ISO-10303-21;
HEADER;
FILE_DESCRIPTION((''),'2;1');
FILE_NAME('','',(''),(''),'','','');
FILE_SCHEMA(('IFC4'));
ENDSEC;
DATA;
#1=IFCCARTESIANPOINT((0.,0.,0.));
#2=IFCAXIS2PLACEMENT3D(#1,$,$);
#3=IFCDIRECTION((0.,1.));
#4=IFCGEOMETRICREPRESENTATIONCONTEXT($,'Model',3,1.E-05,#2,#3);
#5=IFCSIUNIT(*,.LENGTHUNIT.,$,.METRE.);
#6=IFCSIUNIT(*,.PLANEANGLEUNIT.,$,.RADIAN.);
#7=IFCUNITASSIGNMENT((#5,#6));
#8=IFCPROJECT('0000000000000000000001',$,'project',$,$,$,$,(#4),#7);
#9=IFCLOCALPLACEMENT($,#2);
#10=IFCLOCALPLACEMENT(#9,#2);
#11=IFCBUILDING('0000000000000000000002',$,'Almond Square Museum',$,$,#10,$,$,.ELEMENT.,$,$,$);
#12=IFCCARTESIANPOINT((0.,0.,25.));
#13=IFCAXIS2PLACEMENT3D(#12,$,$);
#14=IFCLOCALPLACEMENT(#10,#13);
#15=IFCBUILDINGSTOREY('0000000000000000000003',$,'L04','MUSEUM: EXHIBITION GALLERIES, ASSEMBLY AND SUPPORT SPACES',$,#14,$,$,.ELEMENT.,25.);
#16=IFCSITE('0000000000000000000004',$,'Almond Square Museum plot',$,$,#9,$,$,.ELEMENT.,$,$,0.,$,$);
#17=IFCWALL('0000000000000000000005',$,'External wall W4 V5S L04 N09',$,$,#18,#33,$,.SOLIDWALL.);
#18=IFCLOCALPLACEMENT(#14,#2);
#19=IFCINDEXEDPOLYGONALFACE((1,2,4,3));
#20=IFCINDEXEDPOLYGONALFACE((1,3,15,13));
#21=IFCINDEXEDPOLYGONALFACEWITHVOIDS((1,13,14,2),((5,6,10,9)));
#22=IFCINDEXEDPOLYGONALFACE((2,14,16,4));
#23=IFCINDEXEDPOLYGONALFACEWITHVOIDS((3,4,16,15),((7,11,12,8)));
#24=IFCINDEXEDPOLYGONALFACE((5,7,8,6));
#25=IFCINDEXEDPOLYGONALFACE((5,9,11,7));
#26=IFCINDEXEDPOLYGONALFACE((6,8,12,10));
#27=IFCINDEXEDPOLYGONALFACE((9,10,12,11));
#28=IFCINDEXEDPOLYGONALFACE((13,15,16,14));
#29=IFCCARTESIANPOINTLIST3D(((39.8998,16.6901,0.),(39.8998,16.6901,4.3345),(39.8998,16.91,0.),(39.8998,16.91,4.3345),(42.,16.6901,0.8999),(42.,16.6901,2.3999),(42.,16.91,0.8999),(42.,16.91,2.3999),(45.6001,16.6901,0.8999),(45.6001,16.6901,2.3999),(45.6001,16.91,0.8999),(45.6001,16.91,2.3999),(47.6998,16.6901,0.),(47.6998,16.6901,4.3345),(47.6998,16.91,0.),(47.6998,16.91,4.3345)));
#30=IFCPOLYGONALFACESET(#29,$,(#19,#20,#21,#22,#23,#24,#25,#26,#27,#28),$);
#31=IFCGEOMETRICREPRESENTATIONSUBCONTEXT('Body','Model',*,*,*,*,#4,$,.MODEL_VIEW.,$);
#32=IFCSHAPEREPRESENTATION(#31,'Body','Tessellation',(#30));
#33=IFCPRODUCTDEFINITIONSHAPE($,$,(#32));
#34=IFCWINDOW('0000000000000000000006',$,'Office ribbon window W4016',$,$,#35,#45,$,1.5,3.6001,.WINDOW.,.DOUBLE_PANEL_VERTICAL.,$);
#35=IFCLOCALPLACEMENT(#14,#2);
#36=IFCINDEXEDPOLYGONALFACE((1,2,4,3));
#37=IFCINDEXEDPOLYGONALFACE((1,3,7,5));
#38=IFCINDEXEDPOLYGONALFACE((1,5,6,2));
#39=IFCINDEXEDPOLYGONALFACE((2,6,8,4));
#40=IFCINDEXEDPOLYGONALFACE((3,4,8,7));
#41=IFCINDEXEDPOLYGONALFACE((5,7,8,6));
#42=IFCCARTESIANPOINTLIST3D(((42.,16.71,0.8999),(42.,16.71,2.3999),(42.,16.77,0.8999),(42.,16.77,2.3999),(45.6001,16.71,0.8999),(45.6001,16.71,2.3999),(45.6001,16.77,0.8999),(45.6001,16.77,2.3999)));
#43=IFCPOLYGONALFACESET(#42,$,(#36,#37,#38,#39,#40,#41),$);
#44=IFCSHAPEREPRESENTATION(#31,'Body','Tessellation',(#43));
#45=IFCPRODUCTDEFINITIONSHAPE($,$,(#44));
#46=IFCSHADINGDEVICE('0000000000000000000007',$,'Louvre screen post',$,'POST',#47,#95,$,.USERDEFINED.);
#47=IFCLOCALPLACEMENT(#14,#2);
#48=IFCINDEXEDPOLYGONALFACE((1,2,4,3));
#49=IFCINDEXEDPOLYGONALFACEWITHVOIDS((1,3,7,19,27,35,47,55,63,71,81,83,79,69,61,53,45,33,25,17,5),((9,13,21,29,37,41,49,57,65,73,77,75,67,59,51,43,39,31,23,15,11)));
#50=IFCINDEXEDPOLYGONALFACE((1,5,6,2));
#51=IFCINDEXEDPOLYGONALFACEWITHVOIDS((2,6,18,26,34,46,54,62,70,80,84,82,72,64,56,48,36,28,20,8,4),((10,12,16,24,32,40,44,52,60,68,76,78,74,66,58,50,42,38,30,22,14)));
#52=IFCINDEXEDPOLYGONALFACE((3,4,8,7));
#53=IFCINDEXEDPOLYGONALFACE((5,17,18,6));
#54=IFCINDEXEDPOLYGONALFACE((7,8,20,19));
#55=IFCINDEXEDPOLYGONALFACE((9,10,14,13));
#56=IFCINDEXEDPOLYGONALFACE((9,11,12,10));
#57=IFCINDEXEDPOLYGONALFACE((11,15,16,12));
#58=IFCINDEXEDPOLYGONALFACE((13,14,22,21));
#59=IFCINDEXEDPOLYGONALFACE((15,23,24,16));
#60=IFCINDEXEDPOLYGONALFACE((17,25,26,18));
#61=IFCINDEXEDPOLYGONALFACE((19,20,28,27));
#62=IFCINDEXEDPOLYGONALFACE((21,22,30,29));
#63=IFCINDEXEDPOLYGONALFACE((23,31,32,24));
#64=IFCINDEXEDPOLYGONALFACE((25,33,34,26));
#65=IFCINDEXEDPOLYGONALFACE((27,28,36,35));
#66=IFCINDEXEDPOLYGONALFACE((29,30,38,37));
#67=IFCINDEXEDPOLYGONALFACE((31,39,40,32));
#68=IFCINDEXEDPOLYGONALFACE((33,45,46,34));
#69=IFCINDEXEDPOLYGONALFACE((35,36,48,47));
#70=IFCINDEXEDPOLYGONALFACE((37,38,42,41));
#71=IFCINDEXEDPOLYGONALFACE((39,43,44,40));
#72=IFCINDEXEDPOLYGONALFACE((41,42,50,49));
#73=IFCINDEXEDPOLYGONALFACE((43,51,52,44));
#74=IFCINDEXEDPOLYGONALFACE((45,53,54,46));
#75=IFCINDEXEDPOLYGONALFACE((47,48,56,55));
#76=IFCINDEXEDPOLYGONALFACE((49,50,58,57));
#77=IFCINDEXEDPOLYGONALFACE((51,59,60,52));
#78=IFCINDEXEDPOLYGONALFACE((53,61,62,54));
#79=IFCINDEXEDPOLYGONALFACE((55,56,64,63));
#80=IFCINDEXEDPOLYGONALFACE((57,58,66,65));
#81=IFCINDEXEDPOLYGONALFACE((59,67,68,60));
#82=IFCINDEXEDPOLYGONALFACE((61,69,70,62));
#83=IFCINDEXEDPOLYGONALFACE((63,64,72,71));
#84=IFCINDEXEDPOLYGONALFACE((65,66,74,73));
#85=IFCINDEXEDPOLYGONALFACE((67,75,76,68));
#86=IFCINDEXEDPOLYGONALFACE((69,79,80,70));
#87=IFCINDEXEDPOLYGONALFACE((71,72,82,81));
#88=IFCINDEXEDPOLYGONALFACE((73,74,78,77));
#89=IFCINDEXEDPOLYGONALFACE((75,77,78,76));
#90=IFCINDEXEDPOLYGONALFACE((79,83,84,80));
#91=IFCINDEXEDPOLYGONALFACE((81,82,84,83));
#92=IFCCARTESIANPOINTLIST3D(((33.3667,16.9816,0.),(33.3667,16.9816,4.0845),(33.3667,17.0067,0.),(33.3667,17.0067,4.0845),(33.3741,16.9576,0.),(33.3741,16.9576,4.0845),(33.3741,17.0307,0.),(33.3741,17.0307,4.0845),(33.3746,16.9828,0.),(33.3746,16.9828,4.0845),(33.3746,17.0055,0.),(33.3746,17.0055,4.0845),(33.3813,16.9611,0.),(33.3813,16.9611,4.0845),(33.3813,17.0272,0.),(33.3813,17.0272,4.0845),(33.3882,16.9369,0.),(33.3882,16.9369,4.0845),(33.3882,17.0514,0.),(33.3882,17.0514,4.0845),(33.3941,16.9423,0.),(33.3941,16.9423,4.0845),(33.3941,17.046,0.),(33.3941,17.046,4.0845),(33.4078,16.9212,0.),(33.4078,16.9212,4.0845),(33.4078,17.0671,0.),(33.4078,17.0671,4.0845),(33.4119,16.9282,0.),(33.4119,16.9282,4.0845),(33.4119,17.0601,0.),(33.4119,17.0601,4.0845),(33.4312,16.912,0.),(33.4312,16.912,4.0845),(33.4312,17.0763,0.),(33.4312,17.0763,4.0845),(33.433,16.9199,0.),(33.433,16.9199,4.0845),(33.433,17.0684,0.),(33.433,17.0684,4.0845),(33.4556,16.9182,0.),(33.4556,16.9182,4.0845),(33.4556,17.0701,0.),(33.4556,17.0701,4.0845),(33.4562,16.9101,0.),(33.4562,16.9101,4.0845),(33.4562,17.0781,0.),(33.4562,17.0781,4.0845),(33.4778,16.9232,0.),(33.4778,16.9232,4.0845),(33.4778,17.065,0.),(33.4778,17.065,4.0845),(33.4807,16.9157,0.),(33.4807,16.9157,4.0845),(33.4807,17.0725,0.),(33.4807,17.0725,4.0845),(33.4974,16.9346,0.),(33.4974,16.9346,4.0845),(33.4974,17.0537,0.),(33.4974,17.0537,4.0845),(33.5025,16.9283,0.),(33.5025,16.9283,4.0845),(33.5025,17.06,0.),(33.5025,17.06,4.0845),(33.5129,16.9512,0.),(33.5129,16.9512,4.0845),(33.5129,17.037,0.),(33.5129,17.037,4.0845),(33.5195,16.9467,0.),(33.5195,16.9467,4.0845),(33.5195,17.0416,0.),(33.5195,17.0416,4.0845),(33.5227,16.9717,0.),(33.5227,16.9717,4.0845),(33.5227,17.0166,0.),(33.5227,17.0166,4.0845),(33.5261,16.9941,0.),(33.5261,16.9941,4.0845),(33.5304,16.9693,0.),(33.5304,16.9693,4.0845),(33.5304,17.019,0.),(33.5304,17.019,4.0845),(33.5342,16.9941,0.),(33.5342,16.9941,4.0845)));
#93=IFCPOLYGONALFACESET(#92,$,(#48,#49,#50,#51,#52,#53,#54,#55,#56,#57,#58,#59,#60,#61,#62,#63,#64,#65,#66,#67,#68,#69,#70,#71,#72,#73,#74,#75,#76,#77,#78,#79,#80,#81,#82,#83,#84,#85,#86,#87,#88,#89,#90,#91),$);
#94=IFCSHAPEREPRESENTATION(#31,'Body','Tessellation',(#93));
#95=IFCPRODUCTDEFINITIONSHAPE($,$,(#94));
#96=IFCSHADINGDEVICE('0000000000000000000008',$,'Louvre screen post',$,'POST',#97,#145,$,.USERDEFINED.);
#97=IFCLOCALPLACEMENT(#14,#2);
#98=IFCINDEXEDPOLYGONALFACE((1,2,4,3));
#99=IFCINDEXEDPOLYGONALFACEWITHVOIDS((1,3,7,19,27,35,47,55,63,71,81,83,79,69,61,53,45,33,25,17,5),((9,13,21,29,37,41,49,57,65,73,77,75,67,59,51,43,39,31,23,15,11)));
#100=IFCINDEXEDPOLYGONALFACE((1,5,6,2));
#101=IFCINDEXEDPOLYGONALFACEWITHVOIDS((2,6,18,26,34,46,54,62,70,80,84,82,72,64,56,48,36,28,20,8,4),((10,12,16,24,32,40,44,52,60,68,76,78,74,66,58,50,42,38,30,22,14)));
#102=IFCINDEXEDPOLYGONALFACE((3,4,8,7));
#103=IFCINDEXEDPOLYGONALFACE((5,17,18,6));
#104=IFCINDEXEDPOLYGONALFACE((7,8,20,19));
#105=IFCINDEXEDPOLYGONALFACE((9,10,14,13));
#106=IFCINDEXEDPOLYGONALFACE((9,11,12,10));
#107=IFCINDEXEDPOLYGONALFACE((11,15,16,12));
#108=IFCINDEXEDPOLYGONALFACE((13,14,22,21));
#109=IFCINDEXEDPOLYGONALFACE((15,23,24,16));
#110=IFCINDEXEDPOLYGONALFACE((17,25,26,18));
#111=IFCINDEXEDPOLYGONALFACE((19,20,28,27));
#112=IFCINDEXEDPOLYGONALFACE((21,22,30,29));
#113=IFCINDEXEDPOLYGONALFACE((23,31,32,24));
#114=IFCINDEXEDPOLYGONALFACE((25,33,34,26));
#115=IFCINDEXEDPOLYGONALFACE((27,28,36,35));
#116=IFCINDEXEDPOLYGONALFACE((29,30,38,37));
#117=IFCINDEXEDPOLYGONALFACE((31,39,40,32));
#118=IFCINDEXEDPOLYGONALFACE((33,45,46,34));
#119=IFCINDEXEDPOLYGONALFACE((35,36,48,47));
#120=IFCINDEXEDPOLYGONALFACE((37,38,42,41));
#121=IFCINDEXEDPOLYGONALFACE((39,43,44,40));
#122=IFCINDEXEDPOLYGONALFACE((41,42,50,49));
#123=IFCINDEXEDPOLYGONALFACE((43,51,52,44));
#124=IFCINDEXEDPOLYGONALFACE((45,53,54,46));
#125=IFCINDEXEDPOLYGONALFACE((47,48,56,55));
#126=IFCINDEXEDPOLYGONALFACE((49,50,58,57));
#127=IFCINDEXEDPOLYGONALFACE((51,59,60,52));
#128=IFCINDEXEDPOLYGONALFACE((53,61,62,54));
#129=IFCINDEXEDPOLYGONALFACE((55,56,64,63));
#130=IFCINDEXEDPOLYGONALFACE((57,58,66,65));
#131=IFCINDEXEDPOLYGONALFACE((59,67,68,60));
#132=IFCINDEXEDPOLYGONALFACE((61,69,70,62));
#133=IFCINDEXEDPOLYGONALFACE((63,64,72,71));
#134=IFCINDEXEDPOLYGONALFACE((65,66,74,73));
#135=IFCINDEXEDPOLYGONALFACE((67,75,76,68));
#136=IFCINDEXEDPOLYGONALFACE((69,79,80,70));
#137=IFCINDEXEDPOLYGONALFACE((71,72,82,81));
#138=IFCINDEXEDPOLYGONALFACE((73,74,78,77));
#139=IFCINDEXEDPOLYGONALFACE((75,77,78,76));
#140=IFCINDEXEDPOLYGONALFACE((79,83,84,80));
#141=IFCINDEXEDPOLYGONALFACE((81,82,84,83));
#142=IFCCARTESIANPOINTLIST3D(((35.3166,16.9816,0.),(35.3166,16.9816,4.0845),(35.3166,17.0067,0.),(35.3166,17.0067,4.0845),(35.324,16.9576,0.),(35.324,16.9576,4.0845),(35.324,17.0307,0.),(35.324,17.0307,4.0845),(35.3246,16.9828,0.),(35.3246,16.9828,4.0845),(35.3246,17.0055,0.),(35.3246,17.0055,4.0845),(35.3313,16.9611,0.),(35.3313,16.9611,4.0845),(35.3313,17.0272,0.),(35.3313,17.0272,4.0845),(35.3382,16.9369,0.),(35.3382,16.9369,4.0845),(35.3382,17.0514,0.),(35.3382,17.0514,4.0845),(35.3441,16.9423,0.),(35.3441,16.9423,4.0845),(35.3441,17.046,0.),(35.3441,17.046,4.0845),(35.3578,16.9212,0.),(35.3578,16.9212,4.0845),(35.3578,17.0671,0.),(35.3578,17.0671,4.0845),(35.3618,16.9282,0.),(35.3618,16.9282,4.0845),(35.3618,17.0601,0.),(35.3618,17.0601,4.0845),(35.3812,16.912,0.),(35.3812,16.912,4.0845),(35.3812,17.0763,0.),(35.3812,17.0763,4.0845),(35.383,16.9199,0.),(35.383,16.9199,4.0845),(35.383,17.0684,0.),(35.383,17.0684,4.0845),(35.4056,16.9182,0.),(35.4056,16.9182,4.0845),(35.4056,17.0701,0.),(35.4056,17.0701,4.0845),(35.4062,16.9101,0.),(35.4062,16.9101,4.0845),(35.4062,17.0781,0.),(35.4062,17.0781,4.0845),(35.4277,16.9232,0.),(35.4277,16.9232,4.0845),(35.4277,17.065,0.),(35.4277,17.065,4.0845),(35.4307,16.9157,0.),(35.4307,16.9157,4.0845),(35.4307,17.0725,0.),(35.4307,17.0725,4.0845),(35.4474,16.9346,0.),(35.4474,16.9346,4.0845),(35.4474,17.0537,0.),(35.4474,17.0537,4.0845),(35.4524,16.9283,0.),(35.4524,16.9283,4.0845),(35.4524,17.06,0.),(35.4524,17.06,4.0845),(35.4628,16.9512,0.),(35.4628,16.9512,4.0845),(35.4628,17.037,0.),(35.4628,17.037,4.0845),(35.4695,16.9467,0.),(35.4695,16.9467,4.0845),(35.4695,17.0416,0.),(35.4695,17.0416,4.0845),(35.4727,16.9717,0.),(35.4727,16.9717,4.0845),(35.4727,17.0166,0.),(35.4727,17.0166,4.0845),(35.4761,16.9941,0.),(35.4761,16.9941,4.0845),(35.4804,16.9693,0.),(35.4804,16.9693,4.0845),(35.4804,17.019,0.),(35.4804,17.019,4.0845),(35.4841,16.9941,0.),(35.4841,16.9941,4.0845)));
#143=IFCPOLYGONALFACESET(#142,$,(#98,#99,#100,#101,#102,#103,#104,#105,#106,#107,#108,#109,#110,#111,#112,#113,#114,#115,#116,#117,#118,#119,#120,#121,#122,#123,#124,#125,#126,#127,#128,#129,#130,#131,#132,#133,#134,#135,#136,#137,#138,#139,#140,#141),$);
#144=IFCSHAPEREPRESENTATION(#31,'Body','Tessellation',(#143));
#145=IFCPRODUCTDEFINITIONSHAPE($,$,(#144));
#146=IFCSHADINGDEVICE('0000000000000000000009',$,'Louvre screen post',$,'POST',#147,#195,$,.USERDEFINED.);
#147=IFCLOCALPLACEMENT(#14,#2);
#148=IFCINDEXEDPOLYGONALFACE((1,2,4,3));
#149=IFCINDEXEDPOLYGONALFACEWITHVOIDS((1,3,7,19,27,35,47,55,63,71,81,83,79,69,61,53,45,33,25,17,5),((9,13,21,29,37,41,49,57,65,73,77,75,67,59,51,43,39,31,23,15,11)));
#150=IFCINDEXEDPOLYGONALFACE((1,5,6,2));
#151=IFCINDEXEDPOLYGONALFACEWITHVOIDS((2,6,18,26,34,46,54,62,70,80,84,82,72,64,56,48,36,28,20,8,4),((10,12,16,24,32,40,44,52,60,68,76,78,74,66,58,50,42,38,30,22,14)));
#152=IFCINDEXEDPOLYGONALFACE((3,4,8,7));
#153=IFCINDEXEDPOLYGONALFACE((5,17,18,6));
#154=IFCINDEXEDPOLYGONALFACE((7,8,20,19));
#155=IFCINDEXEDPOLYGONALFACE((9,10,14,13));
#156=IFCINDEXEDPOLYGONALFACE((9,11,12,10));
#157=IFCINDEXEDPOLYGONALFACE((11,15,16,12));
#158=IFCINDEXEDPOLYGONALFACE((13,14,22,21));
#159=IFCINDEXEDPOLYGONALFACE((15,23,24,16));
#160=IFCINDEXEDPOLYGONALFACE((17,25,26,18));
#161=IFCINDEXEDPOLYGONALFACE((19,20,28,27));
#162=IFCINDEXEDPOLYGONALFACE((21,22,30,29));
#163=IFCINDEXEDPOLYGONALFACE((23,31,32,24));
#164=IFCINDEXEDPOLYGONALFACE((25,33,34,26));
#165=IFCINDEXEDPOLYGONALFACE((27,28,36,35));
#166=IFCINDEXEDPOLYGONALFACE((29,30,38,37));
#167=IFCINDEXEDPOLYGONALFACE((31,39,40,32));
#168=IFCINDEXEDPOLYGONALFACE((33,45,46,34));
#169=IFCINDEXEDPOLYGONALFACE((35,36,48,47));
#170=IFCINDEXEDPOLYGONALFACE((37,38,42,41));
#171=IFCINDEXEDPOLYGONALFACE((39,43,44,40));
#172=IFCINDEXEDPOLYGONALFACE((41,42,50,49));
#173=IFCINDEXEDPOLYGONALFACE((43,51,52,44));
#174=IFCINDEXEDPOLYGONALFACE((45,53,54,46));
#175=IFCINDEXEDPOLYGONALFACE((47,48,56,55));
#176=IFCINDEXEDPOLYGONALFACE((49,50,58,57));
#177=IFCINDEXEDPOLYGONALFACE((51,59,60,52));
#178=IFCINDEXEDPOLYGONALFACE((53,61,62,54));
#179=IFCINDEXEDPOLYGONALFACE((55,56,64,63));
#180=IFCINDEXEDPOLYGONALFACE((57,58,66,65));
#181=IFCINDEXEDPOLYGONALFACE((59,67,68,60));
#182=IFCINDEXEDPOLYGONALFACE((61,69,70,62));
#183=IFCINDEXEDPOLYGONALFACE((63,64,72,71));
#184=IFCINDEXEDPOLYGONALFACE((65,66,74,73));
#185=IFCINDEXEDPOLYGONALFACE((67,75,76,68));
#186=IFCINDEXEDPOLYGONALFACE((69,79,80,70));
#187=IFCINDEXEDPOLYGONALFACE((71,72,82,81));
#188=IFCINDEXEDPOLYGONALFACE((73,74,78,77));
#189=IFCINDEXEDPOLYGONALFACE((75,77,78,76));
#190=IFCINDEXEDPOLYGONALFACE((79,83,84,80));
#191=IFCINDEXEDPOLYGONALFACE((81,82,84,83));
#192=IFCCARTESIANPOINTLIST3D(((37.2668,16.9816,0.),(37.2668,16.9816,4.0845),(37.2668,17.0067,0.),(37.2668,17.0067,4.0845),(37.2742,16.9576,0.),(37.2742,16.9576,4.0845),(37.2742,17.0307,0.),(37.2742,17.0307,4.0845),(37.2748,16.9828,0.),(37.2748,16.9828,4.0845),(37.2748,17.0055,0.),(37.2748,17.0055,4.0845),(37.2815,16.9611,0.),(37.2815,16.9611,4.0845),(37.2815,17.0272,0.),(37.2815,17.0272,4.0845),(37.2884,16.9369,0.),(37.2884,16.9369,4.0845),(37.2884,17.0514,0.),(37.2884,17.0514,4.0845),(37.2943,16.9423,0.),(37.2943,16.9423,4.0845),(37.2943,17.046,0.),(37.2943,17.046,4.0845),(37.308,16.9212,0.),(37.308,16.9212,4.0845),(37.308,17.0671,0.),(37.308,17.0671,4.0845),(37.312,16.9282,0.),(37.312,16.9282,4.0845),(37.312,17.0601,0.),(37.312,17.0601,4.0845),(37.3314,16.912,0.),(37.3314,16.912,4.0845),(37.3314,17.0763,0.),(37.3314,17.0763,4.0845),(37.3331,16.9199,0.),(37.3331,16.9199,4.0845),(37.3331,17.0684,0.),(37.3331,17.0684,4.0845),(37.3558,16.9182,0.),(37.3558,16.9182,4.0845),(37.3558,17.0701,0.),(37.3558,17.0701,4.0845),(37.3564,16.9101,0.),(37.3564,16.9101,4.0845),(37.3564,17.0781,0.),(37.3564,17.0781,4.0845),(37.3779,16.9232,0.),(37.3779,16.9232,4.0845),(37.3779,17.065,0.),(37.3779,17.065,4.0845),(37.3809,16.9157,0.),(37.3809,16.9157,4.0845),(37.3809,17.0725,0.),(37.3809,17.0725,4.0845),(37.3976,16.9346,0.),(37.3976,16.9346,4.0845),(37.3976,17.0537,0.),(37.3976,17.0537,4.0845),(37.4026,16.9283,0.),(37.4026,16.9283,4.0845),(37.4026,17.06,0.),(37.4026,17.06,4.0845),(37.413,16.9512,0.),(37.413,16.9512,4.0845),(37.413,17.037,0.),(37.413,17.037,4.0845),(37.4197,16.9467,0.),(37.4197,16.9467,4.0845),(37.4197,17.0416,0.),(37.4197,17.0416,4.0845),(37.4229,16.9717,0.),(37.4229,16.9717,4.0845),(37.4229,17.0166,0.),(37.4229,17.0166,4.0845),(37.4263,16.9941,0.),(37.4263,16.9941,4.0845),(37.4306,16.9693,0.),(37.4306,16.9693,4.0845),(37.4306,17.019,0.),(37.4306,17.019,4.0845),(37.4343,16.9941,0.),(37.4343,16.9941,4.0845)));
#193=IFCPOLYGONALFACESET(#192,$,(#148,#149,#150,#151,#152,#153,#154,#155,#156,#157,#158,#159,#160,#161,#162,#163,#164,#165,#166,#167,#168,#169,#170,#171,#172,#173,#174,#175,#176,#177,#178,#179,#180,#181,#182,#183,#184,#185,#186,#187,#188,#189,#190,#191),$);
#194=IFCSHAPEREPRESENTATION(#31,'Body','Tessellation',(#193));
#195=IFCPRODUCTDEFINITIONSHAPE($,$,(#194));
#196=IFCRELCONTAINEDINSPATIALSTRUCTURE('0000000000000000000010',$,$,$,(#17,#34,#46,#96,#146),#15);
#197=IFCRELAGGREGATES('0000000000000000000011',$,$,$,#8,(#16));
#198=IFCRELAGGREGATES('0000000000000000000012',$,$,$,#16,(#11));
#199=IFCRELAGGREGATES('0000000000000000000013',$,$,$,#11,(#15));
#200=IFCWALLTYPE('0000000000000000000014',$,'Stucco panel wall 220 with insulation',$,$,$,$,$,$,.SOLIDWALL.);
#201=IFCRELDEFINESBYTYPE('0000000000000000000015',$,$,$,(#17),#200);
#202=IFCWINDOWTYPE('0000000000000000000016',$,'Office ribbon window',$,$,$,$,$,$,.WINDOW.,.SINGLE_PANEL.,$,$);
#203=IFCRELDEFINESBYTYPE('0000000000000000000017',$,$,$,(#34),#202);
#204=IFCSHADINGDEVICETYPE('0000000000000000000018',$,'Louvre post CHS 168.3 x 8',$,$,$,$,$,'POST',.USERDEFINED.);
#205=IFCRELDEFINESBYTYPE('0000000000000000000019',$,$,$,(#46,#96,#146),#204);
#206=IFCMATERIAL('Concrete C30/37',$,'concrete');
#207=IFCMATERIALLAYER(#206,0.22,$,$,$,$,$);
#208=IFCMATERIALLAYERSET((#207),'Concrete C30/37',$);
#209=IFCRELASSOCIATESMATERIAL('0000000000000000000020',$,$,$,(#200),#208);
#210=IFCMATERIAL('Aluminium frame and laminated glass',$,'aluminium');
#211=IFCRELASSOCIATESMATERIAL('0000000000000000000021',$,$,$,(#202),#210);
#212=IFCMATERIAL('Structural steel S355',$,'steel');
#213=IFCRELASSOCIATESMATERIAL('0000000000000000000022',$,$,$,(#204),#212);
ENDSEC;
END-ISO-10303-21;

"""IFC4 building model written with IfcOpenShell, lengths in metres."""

from ifc_helpers import new_model, si_unit, direction, frame, frame_2d, origin, origin_2d, place, context, subcontext, project, spatial, rectangle, hollow_circle, extrude, material, layer, layer_set, material_profile, profile_set, type_object, element, fill, save


model = new_model("IFC4")

# Units and contexts
model_context = context("Model", 3, precision=1e-05, world=origin(), true_north=direction((0.0, 1.0)))
body_context = subcontext(model_context, "Body", "Model", "MODEL_VIEW")
ifc_project = project(units=[si_unit("LENGTHUNIT", "METRE"), si_unit("PLANEANGLEUNIT", "RADIAN")], contexts=[model_context])

# Site, building, storey
site_placement = place(None, origin())
site = spatial("IfcSite", under=ifc_project, at=site_placement, Name="Almond Square Museum plot", CompositionType="ELEMENT", RefElevation=0.0)
building_placement = place(site_placement, origin())
building = spatial("IfcBuilding", under=site, at=building_placement, Name="Almond Square Museum", CompositionType="ELEMENT")
storey_placement = place(building_placement, frame((0.0, 0.0, 25.0)))
storey = spatial("IfcBuildingStorey", under=building, at=storey_placement, Name="L04", Description="MUSEUM: EXHIBITION GALLERIES, ASSEMBLY AND SUPPORT SPACES", CompositionType="ELEMENT", Elevation=25.0)

# Wall, opening, window
ifc_material_1 = material(Name="Concrete C30/37", Category="concrete")
ifc_layer = layer(ifc_material_1, 0.22)
ifc_layer_set = layer_set([ifc_layer], Name="Concrete C30/37")
wall_type = type_object("IfcWallType", Name="Stucco panel wall 220 with insulation", PredefinedType="SOLIDWALL", material=ifc_layer_set)
wall_placement = place(storey_placement, frame((39.8999, 16.8, 0.0), z_axis=(0.0, 0.0, 1.0), x_axis=(1.0, 0.0, 0.0)))
wall = element("IfcWall", 1, at=wall_placement, inside=storey, type_object=wall_type, Name="External wall W4 V5S L04 N09", PredefinedType="SOLIDWALL", context=body_context, shape_type="SweptSolid", body=[
    extrude(rectangle(XDim=7.8, YDim=0.22, at=frame_2d((3.8999, 0.0))), origin(), (0.0, 0.0, 1.0), 4.3345),
])
opening_placement = place(wall_placement, frame((2.1001, 0.0, 0.8999)))
opening = element("IfcOpeningElement", 2, at=opening_placement, cuts=wall, PredefinedType="OPENING", context=body_context, shape_type="SweptSolid", body=[
    extrude(rectangle(XDim=3.6001, YDim=1.5, at=frame_2d((1.8, 0.75))), frame((0.0, 0.1199, 0.0), z_axis=(0.0, -1.0, 0.0), x_axis=(1.0, 0.0, 0.0)), (0.0, 0.0, 1.0), 0.24),
])
ifc_material_2 = material(Name="Aluminium frame and laminated glass", Category="aluminium")
window_type = type_object("IfcWindowType", Name="Office ribbon window", PartitioningType="SINGLE_PANEL", PredefinedType="WINDOW", material=ifc_material_2)
window_placement = place(opening_placement, origin())
window = element("IfcWindow", 3, at=window_placement, inside=storey, type_object=window_type, Name="Office ribbon window W4016", OverallHeight=1.5, OverallWidth=3.6001, PartitioningType="DOUBLE_PANEL_VERTICAL", PredefinedType="WINDOW", context=body_context, shape_type="SweptSolid", body=[
    extrude(rectangle(XDim=3.6001, YDim=1.5, at=frame_2d((1.8, 0.75))), frame((0.0, -0.03, 0.0), z_axis=(0.0, -1.0, 0.0), x_axis=(1.0, 0.0, 0.0)), (0.0, 0.0, 1.0), 0.0601),
])
fill(opening, window)

# Shading devices
ifc_material_3 = material(Name="Structural steel S355", Category="steel")
ifc_material_profile_1 = material_profile(ifc_material_3, hollow_circle(Radius=0.0842, WallThickness=0.0081, at=origin_2d()))
ifc_profile_set_1 = profile_set([ifc_material_profile_1], Name="Structural steel S355")
shading_device_type_1 = type_object("IfcShadingDeviceType", Name="Louvre post CHS 168.3 x 8", ElementType="POST", PredefinedType="USERDEFINED", material=ifc_profile_set_1)
for number, where, z_axis, x_axis, name in (
    (4, (33.45, 16.9941, 0.0), (0.0, 0.0, 1.0), (1.0, 0.0, 0.0), "Louvre screen post"),
    (5, (35.3999, 16.9941, 0.0), (0.0, 0.0, 1.0), (1.0, 0.0, 0.0), "Louvre screen post"),
    (6, (37.3501, 16.9941, 0.0), (0.0, 0.0, 1.0), (1.0, 0.0, 0.0), "Louvre screen post"),
):
    element("IfcShadingDevice", number, at=place(storey_placement, frame(where, z_axis=z_axis, x_axis=x_axis)), inside=storey, type_object=shading_device_type_1, Name=name, ObjectType="POST", PredefinedType="USERDEFINED", context=body_context, shape_type="SweptSolid", body=[
        extrude(hollow_circle(Radius=0.0842, WallThickness=0.0081, at=origin_2d()), origin(), (0.0, 0.0, 1.0), 4.0845),
    ])

save(model, "model.ifc")
